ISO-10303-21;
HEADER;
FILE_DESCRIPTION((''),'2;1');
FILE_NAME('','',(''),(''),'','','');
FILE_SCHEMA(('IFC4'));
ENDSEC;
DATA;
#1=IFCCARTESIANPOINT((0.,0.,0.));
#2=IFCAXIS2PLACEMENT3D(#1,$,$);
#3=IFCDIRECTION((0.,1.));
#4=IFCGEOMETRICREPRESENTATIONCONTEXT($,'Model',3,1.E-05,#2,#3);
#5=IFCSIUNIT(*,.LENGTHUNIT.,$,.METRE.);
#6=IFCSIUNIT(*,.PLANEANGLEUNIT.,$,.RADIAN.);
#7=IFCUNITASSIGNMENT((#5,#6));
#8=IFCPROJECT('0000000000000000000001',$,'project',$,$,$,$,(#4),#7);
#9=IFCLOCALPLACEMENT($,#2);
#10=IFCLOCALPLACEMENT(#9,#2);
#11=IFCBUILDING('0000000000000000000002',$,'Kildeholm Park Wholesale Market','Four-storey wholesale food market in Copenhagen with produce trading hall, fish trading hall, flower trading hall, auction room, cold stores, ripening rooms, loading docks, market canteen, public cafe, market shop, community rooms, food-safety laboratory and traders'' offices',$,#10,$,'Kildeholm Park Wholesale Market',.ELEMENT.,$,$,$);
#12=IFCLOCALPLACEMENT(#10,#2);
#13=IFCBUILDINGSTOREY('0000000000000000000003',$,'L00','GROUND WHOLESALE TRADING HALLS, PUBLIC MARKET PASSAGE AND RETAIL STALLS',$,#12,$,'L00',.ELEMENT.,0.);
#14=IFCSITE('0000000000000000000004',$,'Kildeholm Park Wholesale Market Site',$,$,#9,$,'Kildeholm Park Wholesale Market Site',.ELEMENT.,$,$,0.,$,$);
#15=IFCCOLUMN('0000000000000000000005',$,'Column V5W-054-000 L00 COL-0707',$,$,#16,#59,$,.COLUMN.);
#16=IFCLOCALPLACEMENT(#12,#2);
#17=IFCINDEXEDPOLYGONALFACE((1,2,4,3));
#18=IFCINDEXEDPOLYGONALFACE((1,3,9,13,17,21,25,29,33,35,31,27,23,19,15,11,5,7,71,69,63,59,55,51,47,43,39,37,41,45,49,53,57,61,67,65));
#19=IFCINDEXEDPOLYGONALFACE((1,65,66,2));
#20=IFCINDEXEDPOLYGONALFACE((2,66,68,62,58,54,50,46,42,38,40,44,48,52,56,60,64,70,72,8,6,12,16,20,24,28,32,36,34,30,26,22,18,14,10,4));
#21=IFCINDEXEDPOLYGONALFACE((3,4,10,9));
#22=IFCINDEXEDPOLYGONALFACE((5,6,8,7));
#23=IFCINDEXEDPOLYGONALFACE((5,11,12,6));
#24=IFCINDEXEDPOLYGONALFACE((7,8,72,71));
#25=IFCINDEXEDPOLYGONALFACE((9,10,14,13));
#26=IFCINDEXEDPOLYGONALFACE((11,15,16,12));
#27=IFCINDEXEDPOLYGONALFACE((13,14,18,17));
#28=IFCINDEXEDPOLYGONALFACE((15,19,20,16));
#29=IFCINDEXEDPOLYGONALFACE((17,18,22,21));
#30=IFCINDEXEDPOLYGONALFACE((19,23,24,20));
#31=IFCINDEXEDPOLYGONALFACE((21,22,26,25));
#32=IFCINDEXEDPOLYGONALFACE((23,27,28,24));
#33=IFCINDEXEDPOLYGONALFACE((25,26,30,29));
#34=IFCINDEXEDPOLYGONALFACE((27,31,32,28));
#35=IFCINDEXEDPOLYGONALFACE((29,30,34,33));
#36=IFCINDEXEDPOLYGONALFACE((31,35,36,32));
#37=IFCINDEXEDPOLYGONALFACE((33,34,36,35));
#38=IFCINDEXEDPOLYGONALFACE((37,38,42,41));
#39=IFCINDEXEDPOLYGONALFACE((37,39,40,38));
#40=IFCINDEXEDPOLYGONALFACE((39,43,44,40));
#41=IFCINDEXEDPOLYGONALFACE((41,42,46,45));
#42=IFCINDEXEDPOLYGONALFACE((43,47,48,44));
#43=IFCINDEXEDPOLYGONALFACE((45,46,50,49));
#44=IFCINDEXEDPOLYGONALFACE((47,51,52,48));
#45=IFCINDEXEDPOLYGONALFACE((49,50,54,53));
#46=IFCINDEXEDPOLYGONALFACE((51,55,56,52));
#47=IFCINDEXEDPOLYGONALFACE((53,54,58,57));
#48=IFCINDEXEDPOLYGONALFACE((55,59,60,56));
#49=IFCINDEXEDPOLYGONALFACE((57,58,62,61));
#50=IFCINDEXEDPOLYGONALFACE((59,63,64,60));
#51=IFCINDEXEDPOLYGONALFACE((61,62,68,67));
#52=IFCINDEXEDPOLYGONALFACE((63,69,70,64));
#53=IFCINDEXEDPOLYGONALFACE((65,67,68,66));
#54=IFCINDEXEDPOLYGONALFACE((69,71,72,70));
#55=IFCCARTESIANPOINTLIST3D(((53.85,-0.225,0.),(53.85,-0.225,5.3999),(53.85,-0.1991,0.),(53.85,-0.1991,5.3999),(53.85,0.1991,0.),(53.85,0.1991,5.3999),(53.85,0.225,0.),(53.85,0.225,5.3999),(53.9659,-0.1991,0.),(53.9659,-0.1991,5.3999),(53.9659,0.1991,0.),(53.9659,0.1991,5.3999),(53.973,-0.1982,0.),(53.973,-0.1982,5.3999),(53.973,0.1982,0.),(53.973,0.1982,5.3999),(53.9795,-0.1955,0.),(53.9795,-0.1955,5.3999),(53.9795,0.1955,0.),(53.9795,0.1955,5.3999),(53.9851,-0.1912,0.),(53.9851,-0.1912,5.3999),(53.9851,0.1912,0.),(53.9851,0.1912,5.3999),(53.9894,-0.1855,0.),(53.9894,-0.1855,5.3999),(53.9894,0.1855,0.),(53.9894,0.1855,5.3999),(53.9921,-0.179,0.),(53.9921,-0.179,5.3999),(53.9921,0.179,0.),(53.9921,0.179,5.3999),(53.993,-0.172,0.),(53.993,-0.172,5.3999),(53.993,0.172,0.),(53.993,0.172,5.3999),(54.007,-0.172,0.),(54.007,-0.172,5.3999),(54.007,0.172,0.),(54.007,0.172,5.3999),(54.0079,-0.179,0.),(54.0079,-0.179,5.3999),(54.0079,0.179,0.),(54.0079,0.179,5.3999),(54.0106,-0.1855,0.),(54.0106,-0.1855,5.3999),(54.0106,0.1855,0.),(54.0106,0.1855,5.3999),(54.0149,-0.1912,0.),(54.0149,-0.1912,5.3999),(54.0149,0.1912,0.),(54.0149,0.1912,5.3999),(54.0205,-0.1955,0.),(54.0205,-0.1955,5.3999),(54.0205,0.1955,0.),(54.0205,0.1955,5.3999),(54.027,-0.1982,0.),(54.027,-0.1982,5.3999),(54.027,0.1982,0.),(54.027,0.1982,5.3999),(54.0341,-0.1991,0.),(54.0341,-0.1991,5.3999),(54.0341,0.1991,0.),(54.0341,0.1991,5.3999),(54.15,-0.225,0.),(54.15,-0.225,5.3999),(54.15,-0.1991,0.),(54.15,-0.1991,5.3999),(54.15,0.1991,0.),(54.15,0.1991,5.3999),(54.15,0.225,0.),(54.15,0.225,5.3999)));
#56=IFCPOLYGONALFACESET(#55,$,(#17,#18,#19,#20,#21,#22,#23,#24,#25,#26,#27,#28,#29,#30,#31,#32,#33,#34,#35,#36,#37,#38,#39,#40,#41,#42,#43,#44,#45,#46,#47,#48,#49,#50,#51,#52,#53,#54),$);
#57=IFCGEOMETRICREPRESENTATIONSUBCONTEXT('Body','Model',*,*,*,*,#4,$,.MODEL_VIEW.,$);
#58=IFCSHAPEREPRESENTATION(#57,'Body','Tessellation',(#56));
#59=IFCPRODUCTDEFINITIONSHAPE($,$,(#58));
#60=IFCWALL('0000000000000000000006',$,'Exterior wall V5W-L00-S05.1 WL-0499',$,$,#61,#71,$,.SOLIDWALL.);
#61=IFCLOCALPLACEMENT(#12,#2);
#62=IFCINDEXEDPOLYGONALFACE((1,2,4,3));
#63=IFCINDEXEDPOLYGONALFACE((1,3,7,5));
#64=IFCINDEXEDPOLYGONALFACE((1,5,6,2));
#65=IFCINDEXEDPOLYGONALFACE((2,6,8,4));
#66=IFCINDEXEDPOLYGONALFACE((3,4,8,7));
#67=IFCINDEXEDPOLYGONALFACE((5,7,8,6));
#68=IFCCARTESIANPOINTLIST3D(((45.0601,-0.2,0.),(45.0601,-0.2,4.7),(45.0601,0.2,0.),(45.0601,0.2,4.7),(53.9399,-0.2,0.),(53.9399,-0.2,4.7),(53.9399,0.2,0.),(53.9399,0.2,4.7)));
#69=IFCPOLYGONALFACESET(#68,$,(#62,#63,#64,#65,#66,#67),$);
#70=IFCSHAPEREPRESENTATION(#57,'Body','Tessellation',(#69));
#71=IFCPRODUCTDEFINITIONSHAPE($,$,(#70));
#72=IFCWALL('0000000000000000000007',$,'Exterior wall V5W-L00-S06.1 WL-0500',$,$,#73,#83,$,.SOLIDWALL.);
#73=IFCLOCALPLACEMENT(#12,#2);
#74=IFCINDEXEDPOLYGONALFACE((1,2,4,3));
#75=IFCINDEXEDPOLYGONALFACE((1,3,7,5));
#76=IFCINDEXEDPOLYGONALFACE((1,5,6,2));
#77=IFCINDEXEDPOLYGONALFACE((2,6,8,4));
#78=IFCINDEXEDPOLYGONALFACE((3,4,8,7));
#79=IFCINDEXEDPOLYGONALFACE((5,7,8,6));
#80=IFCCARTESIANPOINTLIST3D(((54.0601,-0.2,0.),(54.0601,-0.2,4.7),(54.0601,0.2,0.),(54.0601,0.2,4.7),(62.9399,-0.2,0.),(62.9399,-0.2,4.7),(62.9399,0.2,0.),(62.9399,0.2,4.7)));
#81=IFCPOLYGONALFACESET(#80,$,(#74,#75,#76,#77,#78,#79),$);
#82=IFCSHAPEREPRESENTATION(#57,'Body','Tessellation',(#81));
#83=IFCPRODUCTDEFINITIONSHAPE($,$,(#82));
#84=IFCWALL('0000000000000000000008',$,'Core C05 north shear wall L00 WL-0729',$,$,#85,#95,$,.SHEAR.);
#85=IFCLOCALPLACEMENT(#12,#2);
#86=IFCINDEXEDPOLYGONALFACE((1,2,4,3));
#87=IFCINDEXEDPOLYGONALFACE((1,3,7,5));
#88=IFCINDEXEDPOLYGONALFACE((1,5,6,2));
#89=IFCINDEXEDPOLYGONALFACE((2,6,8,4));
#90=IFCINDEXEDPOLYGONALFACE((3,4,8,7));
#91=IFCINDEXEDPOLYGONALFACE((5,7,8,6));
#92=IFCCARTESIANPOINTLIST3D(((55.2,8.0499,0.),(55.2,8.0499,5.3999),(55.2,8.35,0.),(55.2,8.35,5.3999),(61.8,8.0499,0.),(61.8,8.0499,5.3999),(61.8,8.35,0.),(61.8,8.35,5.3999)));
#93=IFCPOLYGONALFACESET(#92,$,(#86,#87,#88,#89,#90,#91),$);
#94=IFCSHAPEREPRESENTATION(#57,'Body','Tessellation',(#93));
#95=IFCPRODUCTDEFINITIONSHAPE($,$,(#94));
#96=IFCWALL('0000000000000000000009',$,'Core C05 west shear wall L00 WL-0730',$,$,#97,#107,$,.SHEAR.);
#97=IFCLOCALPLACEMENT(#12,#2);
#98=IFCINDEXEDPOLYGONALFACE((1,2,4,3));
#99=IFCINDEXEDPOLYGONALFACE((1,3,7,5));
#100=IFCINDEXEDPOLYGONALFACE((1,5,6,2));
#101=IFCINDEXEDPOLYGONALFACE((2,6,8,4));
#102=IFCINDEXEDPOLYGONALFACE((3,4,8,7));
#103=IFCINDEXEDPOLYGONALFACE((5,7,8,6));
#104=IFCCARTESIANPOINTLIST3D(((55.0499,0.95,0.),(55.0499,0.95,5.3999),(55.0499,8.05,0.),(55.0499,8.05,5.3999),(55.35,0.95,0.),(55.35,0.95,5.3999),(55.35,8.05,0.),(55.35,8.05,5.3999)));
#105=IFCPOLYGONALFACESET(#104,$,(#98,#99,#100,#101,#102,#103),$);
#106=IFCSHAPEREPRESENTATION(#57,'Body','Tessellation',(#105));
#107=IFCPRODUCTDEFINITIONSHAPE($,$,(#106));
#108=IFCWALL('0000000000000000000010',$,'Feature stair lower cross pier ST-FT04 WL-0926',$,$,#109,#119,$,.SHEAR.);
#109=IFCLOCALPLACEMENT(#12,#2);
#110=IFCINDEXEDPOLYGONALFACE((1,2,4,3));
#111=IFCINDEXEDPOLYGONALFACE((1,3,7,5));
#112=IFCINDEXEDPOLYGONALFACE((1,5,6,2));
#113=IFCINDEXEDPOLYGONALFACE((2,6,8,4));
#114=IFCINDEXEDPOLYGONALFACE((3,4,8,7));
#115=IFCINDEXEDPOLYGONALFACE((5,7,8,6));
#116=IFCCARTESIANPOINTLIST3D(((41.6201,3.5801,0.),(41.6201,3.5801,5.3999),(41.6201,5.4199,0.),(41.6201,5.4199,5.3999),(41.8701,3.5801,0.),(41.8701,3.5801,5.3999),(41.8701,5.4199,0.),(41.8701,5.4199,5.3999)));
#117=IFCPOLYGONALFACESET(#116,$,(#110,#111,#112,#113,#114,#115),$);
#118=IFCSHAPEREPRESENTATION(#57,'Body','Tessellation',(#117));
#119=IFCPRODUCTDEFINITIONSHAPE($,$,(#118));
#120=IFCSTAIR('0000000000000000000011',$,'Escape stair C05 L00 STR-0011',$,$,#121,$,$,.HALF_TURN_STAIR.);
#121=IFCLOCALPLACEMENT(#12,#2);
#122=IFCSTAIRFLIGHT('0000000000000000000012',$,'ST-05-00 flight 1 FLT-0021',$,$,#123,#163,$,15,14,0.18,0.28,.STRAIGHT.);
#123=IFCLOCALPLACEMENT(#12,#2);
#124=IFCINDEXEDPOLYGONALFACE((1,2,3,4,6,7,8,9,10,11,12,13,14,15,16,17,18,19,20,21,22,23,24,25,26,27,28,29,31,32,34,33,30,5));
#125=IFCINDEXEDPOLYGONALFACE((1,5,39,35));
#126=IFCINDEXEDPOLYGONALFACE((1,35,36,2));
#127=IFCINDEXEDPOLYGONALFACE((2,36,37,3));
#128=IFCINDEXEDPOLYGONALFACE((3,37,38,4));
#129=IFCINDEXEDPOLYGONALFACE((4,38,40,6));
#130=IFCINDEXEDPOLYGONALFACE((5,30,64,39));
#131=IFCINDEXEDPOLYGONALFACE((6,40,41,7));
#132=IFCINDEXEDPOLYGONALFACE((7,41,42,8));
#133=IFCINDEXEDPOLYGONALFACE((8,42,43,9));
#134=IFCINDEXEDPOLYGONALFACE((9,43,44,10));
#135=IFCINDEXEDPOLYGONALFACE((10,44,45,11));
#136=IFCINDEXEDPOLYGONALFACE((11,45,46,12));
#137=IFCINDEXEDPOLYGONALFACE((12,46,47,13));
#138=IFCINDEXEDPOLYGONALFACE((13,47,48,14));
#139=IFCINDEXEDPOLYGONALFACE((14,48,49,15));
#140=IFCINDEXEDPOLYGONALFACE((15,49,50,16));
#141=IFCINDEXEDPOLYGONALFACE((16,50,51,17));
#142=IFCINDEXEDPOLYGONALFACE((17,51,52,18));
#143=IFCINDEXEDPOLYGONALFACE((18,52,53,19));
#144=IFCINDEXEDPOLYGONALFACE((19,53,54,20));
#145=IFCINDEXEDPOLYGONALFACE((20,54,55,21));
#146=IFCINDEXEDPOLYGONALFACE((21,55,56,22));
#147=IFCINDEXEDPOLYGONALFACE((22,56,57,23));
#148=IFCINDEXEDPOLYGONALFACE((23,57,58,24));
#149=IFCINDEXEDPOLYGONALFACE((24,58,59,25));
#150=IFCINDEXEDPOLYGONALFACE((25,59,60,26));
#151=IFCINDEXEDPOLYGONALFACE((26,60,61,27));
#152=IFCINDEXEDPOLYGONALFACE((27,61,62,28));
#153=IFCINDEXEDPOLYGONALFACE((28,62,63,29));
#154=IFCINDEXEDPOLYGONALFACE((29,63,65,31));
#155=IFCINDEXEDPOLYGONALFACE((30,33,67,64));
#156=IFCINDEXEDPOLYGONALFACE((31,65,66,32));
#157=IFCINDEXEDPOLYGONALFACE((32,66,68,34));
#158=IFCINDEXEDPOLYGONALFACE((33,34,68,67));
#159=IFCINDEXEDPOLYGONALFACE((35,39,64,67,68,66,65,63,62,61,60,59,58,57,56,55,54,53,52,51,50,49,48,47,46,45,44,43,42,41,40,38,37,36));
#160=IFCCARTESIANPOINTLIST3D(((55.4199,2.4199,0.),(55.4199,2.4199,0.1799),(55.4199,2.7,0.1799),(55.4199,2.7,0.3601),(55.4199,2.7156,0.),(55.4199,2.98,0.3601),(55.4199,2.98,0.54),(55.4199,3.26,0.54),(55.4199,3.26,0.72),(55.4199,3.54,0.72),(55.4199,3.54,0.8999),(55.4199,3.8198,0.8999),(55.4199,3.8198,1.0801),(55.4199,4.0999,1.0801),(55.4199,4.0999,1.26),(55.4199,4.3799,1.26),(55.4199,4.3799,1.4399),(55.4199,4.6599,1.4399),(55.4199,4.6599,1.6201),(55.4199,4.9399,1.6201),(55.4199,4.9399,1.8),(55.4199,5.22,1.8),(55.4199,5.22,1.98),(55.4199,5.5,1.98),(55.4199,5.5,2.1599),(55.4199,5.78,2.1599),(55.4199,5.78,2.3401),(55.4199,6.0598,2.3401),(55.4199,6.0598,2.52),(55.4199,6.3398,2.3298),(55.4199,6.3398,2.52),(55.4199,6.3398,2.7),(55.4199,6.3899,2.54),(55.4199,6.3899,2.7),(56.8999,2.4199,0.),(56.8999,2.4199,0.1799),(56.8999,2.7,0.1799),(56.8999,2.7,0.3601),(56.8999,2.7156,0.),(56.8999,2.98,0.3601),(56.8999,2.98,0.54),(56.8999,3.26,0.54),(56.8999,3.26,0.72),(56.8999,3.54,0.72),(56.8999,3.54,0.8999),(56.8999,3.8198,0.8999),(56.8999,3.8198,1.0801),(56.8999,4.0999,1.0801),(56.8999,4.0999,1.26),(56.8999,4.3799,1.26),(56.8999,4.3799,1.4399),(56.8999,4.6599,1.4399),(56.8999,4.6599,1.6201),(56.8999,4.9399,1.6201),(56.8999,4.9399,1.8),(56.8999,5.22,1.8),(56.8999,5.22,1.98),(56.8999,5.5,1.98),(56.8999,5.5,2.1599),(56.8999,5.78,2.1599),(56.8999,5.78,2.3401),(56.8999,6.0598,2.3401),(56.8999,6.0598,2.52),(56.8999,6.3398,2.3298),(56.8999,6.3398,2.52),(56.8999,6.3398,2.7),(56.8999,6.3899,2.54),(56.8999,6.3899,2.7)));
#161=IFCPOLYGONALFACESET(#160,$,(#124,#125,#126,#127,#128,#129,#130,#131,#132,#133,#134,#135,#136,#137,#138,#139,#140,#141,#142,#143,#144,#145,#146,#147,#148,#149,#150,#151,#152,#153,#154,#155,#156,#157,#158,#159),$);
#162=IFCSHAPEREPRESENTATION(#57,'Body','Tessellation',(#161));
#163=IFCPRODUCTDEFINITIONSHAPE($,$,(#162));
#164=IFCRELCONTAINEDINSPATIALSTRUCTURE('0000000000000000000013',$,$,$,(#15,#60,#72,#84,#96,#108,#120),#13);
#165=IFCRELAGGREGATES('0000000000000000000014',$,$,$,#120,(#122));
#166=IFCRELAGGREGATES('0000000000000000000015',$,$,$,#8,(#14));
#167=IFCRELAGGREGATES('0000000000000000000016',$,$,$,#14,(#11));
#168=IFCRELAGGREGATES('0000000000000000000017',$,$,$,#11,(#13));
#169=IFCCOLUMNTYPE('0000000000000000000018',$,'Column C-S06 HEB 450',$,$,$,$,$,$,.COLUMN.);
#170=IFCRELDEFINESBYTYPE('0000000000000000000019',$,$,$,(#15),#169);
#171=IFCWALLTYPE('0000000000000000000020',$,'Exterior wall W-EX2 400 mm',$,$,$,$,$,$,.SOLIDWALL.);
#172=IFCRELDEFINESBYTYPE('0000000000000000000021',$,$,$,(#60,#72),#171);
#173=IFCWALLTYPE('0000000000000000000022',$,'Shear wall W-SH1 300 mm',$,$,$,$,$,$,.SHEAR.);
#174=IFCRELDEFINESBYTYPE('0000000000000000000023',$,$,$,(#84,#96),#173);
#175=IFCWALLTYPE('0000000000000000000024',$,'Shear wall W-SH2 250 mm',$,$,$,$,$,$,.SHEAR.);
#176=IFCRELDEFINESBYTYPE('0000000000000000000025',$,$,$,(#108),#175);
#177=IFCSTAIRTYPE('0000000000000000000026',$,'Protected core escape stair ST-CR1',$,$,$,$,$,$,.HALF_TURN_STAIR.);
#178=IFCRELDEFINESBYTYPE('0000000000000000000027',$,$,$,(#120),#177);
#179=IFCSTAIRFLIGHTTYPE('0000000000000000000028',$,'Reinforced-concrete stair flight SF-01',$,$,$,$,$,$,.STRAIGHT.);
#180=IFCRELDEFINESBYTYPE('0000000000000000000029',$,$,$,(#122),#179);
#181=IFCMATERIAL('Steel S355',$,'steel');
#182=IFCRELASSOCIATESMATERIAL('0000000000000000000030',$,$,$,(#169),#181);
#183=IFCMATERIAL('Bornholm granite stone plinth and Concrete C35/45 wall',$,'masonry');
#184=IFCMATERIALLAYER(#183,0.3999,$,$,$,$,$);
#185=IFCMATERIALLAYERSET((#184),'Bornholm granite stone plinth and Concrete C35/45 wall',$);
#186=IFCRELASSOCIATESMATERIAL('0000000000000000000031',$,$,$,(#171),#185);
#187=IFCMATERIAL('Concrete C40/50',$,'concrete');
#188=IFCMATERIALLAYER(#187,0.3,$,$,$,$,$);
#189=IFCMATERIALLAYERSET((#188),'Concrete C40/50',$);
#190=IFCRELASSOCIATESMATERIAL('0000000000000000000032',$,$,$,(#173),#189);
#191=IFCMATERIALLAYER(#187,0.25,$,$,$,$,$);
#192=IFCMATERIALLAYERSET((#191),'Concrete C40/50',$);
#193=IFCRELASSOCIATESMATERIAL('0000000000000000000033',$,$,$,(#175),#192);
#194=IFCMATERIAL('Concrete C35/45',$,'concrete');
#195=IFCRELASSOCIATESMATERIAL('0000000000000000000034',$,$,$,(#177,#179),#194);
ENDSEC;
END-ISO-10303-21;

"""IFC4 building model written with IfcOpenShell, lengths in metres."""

from ifc_helpers import new_model, si_unit, direction, frame, frame_2d, origin, origin_2d, place, context, subcontext, project, spatial, polyline, rectangle, i_section, outline, extrude, material, layer, layer_set, material_profile, profile_set, type_object, element, aggregate, save


model = new_model("IFC4")

# Units and contexts
model_context = context("Model", 3, precision=1e-05, world=origin(), true_north=direction((0.0, 1.0)))
body_context = subcontext(model_context, "Body", "Model", "MODEL_VIEW")
ifc_project = project(units=[si_unit("LENGTHUNIT", "METRE"), si_unit("PLANEANGLEUNIT", "RADIAN")], contexts=[model_context])

# Site, building, storey
site_placement = place(None, origin())
site = spatial("IfcSite", under=ifc_project, at=site_placement, Name="Kildeholm Park Wholesale Market Site", LongName="Kildeholm Park Wholesale Market Site", CompositionType="ELEMENT", RefElevation=0.0)
building_placement = place(site_placement, origin())
building = spatial("IfcBuilding", under=site, at=building_placement, Name="Kildeholm Park Wholesale Market", Description="Four-storey wholesale food market in Copenhagen with produce trading hall, fish trading hall, flower trading hall, auction room, cold stores, ripening rooms, loading docks, market canteen, public cafe, market shop, community rooms, food-safety laboratory and traders' offices", LongName="Kildeholm Park Wholesale Market", CompositionType="ELEMENT")
storey_placement = place(building_placement, origin())
storey = spatial("IfcBuildingStorey", under=building, at=storey_placement, Name="L00", Description="GROUND WHOLESALE TRADING HALLS, PUBLIC MARKET PASSAGE AND RETAIL STALLS", LongName="L00", CompositionType="ELEMENT", Elevation=0.0)

# Shared definitions
ifc_material_1 = material(Name="Concrete C35/45", Category="concrete")

# Column
ifc_material_2 = material(Name="Steel S355", Category="steel")
ifc_material_profile_1 = material_profile(ifc_material_2, i_section(OverallWidth=0.3, OverallDepth=0.45, WebThickness=0.0139, FlangeThickness=0.0259, FilletRadius=0.0271, at=origin_2d()), Name="HEB 450")
ifc_profile_set_1 = profile_set([ifc_material_profile_1], Name="Steel S355")
column_type = type_object("IfcColumnType", Name="Column C-S06 HEB 450", PredefinedType="COLUMN", material=ifc_profile_set_1)
for number, where, z_axis, x_axis, name in (
    (1, (54.0, 0.0, 0.0), (0.0, 0.0, 1.0), (1.0, 0.0, 0.0), "Column V5W-054-000 L00 COL-0707"),
):
    element("IfcColumn", number, at=place(storey_placement, frame(where, z_axis=z_axis, x_axis=x_axis)), inside=storey, type_object=column_type, Name=name, PredefinedType="COLUMN", context=body_context, shape_type="SweptSolid", body=[
        extrude(i_section(OverallWidth=0.3, OverallDepth=0.45, WebThickness=0.0139, FlangeThickness=0.0259, FilletRadius=0.0271, at=origin_2d()), origin(), (0.0, 0.0, 1.0), 5.3999),
    ])

# Walls
ifc_material_3 = material(Name="Bornholm granite stone plinth and Concrete C35/45 wall", Category="masonry")
ifc_layer_1 = layer(ifc_material_3, 0.3999)
ifc_layer_set_1 = layer_set([ifc_layer_1], Name="Bornholm granite stone plinth and Concrete C35/45 wall")
wall_type_1 = type_object("IfcWallType", Name="Exterior wall W-EX2 400 mm", PredefinedType="SOLIDWALL", material=ifc_layer_set_1)
for number, where, z_axis, x_axis, name in (
    (2, (45.0601, 0.0, 0.0), (0.0, 0.0, 1.0), (1.0, 0.0, 0.0), "Exterior wall V5W-L00-S05.1 WL-0499"),
    (3, (54.0601, 0.0, 0.0), (0.0, 0.0, 1.0), (1.0, 0.0, 0.0), "Exterior wall V5W-L00-S06.1 WL-0500"),
):
    element("IfcWall", number, at=place(storey_placement, frame(where, z_axis=z_axis, x_axis=x_axis)), inside=storey, type_object=wall_type_1, Name=name, PredefinedType="SOLIDWALL", context=body_context, shape_type="SweptSolid", body=[
        extrude(rectangle(XDim=8.8799, YDim=0.3999, at=frame_2d((4.4399, 0.0))), origin(), (0.0, 0.0, 1.0), 4.7),
    ])

# Shared definitions
ifc_material_4 = material(Name="Concrete C40/50", Category="concrete")
ifc_layer_2 = layer(ifc_material_4, 0.3)
ifc_layer_set_2 = layer_set([ifc_layer_2], Name="Concrete C40/50")
wall_type_2 = type_object("IfcWallType", Name="Shear wall W-SH1 300 mm", PredefinedType="SHEAR", material=ifc_layer_set_2)

# Walls
wall_1_placement = place(storey_placement, frame((55.2, 8.2, 0.0), z_axis=(0.0, 0.0, 1.0), x_axis=(1.0, 0.0, 0.0)))
element("IfcWall", 4, at=wall_1_placement, inside=storey, type_object=wall_type_2, Name="Core C05 north shear wall L00 WL-0729", PredefinedType="SHEAR", context=body_context, shape_type="SweptSolid", body=[
    extrude(rectangle(XDim=6.6001, YDim=0.3, at=frame_2d((3.3, 0.0))), origin(), (0.0, 0.0, 1.0), 5.3999),
])
wall_2_placement = place(storey_placement, frame((55.2, 0.95, 0.0), z_axis=(0.0, 0.0, 1.0), x_axis=(0.0, 1.0, 0.0)))
element("IfcWall", 5, at=wall_2_placement, inside=storey, type_object=wall_type_2, Name="Core C05 west shear wall L00 WL-0730", PredefinedType="SHEAR", context=body_context, shape_type="SweptSolid", body=[
    extrude(rectangle(XDim=7.1001, YDim=0.3, at=frame_2d((3.55, 0.0))), origin(), (0.0, 0.0, 1.0), 5.3999),
])
ifc_layer_3 = layer(ifc_material_4, 0.25)
ifc_layer_set_3 = layer_set([ifc_layer_3], Name="Concrete C40/50")
wall_type_3 = type_object("IfcWallType", Name="Shear wall W-SH2 250 mm", PredefinedType="SHEAR", material=ifc_layer_set_3)
wall_3_placement = place(storey_placement, frame((41.7451, 3.5801, 0.0), z_axis=(0.0, 0.0, 1.0), x_axis=(0.0, 1.0, 0.0)))
element("IfcWall", 6, at=wall_3_placement, inside=storey, type_object=wall_type_3, Name="Feature stair lower cross pier ST-FT04 WL-0926", PredefinedType="SHEAR", context=body_context, shape_type="SweptSolid", body=[
    extrude(rectangle(XDim=1.8398, YDim=0.25, at=frame_2d((0.9199, 0.0))), origin(), (0.0, 0.0, 1.0), 5.3999),
])

# Stair, stair flight
stair_type = type_object("IfcStairType", Name="Protected core escape stair ST-CR1", PredefinedType="HALF_TURN_STAIR", material=ifc_material_1)
stair_placement = place(storey_placement, origin())
stair = element("IfcStair", 7, at=stair_placement, inside=storey, type_object=stair_type, Name="Escape stair C05 L00 STR-0011", PredefinedType="HALF_TURN_STAIR")
stair_flight_type = type_object("IfcStairFlightType", Name="Reinforced-concrete stair flight SF-01", PredefinedType="STRAIGHT", material=ifc_material_1)
stair_flight_1_placement = place(storey_placement, frame((56.1599, 2.4199, 0.0), z_axis=(0.0, 0.0, 1.0), x_axis=(0.0, 1.0, 0.0)))
stair_flight_1 = element("IfcStairFlight", 8, at=stair_flight_1_placement, type_object=stair_flight_type, Name="ST-05-00 flight 1 FLT-0021", NumberOfRisers=15, NumberOfTreads=14, PredefinedType="STRAIGHT", RiserHeight=0.18, TreadLength=0.28, context=body_context, shape_type="SweptSolid", body=[
    extrude(outline(polyline([(0.0, 0.0), (0.0, 0.1799), (0.28, 0.1799), (0.28, 0.3601), (0.5601, 0.3601), (0.5601, 0.54), (0.8401, 0.54), (0.8401, 0.72), (1.1201, 0.72), (1.1201, 0.8999), (1.3999, 0.8999), (1.3999, 1.0801), (1.6799, 1.0801), (1.6799, 1.26), (1.96, 1.26), (1.96, 1.4399), (2.24, 1.4399), (2.24, 1.6201), (2.52, 1.6201), (2.52, 1.8), (2.8, 1.8), (2.8, 1.98), (3.0801, 1.98), (3.0801, 2.1599), (3.3601, 2.1599), (3.3601, 2.3401), (3.6399, 2.3401), (3.6399, 2.52), (3.9199, 2.52), (3.9199, 2.7), (3.97, 2.7), (3.97, 2.54), (3.9199, 2.3298), (0.2957, 0.0), (0.0, 0.0)])), frame((0.0, 0.74, 0.0), z_axis=(0.0, -1.0, 0.0), x_axis=(1.0, 0.0, 0.0)), (0.0, 0.0, 1.0), 1.48),
])
aggregate(stair, [stair_flight_1])

save(model, "model.ifc")
